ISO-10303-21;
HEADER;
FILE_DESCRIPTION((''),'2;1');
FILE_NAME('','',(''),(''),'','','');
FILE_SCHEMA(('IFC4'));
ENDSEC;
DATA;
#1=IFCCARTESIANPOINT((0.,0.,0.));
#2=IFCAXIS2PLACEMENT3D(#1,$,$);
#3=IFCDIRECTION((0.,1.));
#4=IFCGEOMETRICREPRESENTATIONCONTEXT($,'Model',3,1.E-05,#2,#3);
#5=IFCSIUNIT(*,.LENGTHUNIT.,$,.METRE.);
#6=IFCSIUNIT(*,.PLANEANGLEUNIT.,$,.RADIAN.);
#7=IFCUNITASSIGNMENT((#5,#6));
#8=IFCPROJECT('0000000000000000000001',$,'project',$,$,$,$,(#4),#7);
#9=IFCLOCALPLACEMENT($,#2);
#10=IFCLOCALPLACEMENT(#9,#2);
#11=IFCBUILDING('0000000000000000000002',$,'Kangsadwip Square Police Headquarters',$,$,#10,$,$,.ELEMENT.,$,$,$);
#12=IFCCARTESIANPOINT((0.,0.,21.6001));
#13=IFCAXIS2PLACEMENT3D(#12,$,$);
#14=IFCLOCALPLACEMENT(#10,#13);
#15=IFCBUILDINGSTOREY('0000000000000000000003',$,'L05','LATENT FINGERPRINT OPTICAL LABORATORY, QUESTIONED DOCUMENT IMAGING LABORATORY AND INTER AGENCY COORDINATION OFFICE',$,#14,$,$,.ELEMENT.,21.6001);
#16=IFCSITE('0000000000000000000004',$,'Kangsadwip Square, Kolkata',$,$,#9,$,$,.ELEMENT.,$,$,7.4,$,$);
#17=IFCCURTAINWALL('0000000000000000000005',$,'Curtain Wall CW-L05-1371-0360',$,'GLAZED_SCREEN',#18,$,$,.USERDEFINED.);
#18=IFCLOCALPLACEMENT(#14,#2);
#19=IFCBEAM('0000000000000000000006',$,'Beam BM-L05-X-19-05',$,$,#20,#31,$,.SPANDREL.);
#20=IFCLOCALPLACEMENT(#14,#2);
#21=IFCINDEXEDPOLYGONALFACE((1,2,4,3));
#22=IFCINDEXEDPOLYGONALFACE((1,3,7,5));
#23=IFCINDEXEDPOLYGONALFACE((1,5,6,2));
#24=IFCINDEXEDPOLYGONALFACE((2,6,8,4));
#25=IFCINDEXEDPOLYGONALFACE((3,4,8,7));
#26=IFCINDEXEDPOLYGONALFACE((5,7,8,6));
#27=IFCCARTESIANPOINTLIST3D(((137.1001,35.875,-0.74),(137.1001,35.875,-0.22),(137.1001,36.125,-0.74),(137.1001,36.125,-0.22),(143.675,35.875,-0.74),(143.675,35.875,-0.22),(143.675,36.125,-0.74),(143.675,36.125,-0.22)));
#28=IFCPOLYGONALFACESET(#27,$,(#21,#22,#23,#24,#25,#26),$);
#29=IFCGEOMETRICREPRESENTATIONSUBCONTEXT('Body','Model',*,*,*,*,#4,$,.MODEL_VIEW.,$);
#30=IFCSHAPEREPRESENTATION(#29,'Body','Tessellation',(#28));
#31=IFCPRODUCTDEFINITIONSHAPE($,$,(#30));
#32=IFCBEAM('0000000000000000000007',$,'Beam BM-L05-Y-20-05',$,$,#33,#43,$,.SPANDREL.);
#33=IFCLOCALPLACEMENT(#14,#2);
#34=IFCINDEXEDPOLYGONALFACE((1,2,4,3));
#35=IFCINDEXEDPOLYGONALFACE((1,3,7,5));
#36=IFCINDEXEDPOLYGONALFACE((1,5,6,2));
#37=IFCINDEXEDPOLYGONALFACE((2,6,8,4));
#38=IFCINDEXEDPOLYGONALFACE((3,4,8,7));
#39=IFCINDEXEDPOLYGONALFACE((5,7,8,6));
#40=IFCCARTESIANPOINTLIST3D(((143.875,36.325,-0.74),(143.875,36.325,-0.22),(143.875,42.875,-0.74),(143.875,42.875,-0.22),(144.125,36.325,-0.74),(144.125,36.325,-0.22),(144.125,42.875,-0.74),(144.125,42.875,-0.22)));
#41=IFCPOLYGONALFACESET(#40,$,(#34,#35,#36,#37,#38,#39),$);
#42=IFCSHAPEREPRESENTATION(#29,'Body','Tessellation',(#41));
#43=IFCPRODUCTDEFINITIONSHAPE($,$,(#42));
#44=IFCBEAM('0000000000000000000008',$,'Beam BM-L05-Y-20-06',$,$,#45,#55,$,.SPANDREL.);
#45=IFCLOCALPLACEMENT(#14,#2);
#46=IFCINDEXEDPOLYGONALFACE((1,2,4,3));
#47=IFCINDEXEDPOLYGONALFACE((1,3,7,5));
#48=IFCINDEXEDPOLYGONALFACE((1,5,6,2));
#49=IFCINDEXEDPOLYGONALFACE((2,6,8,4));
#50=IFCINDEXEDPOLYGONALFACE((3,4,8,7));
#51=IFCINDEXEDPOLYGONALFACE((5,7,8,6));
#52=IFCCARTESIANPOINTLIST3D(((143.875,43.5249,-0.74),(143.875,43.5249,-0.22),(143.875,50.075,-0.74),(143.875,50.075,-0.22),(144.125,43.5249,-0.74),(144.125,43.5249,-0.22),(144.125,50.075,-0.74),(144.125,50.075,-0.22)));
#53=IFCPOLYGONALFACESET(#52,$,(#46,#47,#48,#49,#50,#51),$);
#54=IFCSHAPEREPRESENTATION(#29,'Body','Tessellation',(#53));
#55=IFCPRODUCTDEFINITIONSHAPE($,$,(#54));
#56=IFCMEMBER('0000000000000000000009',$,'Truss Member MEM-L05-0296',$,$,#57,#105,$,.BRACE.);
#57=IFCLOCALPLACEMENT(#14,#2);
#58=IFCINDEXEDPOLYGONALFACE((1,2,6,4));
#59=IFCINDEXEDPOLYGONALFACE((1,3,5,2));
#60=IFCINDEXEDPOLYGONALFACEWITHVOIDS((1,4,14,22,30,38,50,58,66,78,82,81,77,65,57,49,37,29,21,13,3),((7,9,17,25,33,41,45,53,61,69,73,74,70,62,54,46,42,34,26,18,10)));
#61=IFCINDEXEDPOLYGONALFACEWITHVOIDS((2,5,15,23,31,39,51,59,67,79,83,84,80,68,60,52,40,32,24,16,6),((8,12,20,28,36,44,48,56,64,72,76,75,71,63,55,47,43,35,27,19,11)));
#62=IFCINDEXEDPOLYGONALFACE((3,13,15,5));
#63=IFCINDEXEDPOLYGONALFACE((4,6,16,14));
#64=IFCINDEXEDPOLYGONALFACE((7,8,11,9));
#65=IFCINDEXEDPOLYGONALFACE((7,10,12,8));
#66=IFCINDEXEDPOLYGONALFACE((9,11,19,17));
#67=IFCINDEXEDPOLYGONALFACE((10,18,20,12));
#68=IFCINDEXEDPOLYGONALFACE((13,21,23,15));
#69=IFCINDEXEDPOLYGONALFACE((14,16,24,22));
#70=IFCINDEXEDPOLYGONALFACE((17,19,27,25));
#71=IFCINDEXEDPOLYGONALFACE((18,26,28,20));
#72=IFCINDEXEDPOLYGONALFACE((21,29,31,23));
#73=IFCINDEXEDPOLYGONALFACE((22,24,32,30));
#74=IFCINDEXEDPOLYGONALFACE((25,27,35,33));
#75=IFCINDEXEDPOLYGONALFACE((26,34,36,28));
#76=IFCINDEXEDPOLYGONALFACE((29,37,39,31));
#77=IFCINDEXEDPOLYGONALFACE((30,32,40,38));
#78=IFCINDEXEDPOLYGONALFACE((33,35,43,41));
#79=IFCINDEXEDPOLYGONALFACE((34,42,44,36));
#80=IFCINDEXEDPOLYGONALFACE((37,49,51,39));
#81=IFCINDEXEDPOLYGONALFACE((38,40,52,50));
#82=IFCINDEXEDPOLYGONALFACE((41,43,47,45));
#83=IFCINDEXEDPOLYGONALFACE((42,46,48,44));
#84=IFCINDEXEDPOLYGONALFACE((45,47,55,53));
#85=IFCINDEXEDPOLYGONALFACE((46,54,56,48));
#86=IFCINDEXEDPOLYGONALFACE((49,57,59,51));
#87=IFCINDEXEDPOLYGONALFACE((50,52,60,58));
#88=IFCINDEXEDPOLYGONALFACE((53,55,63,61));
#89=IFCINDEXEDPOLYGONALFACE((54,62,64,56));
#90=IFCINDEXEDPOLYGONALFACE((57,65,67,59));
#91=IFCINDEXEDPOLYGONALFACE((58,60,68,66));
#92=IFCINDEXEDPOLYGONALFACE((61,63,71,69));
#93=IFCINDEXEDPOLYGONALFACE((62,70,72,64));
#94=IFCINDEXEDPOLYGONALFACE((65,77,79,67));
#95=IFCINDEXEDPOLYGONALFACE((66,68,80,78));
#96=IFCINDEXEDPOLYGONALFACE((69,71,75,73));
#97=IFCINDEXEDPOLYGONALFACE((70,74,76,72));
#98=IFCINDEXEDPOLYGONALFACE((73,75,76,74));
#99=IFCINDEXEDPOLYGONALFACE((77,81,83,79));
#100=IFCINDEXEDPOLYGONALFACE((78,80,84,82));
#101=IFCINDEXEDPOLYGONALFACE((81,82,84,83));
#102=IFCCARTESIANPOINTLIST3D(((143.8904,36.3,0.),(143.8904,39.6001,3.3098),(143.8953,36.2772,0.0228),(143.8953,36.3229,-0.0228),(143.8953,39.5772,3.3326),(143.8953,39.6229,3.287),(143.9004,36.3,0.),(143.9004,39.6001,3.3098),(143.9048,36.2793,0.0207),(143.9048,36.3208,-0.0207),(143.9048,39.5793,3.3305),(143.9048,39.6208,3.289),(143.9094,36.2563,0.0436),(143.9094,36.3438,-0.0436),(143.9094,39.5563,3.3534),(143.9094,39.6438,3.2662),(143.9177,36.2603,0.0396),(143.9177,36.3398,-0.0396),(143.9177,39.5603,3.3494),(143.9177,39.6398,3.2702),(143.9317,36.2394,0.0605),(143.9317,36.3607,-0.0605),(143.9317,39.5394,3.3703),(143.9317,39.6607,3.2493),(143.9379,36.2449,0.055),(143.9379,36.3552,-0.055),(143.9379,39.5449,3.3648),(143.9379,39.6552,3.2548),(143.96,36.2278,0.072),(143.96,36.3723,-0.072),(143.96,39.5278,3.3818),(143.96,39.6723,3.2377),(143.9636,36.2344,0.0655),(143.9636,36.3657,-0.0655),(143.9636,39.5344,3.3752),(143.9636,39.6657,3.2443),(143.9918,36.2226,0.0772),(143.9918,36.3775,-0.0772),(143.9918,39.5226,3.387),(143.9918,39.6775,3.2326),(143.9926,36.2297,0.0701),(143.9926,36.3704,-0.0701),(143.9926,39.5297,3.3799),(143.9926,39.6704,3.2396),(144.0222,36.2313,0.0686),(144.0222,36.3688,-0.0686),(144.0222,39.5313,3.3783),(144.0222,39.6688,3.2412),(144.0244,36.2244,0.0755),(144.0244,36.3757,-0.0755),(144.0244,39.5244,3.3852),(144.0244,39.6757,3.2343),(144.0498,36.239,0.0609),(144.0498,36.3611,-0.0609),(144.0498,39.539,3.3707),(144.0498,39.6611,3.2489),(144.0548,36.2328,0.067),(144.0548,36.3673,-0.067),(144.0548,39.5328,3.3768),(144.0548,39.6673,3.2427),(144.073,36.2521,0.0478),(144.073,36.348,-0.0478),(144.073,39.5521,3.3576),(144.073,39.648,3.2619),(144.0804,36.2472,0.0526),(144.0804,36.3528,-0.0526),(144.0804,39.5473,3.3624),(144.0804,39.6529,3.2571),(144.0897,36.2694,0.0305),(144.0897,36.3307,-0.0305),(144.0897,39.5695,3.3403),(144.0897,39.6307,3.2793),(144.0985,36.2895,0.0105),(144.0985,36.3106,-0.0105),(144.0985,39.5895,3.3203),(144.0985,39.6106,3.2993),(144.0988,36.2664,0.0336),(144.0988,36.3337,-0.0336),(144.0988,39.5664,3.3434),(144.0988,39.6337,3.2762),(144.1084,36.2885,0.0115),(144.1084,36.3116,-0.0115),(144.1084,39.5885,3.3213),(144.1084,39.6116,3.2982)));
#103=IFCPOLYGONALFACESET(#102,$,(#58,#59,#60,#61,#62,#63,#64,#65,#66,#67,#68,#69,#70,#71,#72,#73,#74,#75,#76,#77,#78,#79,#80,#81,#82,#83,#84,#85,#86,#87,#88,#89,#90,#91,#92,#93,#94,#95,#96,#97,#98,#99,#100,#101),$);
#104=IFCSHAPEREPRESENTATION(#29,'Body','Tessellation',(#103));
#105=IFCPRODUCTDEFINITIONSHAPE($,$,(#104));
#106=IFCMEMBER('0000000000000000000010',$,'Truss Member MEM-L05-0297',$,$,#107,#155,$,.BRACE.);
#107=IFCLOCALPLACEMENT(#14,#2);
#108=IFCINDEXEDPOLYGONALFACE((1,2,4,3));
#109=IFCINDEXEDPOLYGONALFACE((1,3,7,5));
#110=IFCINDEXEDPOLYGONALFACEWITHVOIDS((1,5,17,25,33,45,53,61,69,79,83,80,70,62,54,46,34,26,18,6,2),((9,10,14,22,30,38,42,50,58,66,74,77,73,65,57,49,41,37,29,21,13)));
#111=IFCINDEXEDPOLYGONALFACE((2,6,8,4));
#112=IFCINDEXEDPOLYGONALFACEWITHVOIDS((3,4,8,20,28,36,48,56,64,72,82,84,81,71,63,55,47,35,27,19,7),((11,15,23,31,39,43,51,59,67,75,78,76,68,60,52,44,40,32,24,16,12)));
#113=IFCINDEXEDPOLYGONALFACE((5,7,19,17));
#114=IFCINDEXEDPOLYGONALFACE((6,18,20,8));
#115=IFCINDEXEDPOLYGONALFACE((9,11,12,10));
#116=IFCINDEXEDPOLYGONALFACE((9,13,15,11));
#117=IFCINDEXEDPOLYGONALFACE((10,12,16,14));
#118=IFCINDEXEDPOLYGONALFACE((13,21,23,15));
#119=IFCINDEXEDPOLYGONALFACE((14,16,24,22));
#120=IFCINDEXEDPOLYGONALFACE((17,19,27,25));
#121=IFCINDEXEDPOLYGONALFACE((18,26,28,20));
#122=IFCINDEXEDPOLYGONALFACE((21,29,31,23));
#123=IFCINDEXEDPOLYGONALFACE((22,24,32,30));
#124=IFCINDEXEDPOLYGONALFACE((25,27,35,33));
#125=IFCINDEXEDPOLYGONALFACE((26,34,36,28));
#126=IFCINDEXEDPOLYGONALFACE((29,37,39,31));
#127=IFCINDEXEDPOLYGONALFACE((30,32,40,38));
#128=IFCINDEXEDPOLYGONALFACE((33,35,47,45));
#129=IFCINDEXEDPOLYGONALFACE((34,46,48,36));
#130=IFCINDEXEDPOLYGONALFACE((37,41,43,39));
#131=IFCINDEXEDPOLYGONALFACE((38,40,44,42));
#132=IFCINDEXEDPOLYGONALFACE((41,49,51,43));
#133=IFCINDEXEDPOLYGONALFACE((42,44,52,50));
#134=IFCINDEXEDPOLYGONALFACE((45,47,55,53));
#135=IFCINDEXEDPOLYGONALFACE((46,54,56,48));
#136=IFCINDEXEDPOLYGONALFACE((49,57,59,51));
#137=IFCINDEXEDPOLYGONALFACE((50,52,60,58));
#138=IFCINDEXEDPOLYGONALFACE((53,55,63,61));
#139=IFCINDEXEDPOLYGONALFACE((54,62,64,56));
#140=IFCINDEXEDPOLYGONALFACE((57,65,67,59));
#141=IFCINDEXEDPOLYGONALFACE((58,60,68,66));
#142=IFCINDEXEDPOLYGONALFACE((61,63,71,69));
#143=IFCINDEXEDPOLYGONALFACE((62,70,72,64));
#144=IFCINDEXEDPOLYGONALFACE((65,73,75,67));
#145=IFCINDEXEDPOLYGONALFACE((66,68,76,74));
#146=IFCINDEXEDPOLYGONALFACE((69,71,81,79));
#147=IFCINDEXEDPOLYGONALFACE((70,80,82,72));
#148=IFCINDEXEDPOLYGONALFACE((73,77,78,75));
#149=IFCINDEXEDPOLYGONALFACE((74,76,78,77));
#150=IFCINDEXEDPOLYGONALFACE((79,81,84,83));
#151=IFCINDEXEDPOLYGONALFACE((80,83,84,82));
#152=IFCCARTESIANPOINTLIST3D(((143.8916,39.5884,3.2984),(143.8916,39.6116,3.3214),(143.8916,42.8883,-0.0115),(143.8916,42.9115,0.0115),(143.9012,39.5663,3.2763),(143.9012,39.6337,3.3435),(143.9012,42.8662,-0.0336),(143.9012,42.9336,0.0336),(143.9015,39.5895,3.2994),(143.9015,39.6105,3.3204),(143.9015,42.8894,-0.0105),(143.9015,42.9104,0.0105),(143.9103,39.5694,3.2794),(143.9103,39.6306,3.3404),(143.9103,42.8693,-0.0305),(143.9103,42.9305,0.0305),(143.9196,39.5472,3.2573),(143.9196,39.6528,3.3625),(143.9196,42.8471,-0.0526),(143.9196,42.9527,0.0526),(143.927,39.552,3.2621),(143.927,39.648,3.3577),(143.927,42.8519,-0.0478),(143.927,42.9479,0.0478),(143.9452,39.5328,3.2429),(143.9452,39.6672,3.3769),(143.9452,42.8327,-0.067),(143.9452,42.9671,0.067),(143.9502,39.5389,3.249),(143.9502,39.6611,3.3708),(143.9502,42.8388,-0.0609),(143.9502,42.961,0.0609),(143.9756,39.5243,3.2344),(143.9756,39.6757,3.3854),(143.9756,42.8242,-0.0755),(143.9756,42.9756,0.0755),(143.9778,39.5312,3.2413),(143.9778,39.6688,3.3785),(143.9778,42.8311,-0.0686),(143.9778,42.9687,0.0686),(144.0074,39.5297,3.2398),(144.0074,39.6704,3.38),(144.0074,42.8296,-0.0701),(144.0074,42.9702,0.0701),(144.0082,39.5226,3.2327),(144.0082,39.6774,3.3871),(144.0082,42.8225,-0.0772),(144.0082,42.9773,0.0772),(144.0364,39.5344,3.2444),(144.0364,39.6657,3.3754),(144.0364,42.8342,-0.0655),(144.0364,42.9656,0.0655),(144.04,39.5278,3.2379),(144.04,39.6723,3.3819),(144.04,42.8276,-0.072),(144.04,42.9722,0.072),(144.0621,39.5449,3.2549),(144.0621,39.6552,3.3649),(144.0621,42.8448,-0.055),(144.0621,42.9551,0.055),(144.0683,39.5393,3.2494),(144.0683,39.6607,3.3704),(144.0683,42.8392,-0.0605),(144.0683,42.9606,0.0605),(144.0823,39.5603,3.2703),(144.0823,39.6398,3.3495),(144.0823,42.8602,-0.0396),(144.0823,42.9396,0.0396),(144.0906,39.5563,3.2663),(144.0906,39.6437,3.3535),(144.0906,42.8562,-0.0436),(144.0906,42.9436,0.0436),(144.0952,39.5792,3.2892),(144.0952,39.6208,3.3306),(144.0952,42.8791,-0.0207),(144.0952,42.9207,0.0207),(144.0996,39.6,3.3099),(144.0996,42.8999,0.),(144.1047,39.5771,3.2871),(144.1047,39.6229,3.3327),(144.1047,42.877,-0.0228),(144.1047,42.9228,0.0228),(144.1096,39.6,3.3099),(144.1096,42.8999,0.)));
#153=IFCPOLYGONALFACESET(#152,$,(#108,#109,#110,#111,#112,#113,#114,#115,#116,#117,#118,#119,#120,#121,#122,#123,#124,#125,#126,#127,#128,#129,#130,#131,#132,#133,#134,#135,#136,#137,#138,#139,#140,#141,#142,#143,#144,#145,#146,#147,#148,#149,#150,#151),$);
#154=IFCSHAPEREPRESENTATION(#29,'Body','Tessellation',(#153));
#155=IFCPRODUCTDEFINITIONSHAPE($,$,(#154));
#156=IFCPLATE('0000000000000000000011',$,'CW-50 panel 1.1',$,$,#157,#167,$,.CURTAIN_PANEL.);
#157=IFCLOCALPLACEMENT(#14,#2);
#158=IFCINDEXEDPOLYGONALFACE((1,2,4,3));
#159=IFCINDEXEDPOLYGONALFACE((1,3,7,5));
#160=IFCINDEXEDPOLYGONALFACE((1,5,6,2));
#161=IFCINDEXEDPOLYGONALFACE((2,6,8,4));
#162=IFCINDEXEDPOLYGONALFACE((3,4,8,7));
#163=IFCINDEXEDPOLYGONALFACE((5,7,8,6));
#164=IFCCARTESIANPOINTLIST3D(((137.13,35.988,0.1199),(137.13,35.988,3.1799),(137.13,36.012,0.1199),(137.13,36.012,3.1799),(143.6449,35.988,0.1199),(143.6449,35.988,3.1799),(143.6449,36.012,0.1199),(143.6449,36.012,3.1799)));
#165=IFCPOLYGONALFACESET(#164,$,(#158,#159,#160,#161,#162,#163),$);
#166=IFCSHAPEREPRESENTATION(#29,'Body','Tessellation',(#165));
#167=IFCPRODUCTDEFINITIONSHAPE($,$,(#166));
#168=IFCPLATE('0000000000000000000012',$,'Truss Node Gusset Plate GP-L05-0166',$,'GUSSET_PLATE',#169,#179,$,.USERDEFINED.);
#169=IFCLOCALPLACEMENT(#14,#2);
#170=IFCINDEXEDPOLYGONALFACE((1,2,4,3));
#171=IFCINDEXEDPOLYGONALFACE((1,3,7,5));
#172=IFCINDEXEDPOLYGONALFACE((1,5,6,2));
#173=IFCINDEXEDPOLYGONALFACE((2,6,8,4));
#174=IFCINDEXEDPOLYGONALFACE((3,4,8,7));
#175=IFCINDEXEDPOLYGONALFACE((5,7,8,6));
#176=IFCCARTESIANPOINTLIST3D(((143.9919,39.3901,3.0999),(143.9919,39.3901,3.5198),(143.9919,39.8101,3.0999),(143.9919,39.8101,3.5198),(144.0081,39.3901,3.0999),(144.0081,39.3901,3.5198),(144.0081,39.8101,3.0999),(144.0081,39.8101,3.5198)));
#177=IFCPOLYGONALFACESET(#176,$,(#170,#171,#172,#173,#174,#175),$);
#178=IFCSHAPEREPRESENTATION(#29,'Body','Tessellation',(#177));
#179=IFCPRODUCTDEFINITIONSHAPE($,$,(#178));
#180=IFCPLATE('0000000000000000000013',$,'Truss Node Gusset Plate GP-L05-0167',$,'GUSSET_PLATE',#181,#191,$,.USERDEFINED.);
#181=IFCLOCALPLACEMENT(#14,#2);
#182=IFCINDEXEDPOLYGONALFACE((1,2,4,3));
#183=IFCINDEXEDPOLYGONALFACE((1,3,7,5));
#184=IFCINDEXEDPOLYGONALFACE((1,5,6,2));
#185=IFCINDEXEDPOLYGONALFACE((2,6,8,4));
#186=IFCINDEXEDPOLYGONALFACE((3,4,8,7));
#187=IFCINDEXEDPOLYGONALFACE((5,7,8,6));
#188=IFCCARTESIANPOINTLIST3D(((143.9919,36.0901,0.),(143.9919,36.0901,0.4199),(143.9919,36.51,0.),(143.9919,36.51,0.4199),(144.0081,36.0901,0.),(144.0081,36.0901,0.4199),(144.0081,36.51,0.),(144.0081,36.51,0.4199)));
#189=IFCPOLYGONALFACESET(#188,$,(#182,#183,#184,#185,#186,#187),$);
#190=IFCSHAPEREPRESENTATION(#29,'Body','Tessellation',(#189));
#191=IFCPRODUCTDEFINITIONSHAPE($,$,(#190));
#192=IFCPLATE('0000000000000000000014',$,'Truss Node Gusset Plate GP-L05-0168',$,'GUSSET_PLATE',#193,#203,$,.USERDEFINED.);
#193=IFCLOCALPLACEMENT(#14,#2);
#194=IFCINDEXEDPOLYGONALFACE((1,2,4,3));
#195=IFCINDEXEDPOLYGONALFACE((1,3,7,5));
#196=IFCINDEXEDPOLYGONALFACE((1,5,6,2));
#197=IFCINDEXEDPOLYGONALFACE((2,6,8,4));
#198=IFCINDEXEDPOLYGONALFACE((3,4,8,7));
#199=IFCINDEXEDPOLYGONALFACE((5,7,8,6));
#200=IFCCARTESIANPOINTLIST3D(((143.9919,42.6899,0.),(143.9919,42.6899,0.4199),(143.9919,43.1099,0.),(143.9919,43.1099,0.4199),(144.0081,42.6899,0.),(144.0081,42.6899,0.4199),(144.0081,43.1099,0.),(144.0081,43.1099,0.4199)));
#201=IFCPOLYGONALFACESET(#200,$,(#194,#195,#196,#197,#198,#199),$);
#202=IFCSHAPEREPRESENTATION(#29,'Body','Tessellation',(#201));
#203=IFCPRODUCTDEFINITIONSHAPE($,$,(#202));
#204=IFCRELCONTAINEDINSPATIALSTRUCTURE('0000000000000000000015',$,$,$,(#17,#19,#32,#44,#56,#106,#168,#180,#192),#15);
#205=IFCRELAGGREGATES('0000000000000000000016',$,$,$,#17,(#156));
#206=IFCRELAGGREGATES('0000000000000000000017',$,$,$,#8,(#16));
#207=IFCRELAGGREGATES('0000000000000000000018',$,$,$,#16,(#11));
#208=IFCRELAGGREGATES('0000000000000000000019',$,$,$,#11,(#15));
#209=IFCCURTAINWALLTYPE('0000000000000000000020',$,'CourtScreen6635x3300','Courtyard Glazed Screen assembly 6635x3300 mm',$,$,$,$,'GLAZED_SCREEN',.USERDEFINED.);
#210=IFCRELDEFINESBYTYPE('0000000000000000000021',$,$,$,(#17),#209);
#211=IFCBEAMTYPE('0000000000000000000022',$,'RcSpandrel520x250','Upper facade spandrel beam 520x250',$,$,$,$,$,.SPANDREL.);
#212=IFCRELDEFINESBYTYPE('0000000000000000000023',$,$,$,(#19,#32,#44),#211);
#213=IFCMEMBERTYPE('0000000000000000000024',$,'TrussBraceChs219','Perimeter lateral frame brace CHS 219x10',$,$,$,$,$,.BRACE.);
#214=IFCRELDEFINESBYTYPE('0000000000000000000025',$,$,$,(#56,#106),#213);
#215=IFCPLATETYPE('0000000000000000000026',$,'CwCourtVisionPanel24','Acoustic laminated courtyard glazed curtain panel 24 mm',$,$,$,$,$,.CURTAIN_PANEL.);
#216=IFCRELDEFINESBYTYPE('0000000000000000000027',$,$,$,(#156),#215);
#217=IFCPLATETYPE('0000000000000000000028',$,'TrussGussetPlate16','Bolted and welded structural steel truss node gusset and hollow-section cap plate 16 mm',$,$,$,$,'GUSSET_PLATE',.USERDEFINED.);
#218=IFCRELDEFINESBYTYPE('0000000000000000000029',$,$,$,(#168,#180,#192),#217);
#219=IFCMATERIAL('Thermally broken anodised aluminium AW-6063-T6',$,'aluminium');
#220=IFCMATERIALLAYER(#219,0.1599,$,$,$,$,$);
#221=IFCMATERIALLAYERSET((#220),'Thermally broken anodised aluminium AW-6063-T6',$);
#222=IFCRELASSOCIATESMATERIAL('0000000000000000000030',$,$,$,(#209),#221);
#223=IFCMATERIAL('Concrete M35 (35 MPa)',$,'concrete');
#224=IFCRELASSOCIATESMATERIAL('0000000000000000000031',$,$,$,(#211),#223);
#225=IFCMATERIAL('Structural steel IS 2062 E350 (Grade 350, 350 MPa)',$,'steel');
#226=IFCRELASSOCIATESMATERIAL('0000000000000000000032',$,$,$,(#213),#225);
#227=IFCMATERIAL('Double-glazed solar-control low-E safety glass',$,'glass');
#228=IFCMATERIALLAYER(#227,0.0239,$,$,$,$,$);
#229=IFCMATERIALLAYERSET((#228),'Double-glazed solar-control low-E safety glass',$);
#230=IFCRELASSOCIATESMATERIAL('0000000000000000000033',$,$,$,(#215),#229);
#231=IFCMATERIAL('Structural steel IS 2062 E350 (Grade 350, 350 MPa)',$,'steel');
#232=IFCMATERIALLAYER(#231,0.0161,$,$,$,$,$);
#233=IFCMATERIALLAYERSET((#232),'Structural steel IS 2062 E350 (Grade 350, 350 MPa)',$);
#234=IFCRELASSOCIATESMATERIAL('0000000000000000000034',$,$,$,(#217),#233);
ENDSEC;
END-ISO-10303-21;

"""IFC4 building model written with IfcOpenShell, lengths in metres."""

from ifc_helpers import new_model, si_unit, direction, frame, origin, origin_2d, place, context, subcontext, project, spatial, rectangle, hollow_circle, extrude, material, layer, layer_set, material_profile, profile_set, type_object, element, aggregate, save


model = new_model("IFC4")

# Units and contexts
model_context = context("Model", 3, precision=1e-05, world=origin(), true_north=direction((0.0, 1.0)))
body_context = subcontext(model_context, "Body", "Model", "MODEL_VIEW")
ifc_project = project(units=[si_unit("LENGTHUNIT", "METRE"), si_unit("PLANEANGLEUNIT", "RADIAN")], contexts=[model_context])

# Site, building, storey
site_placement = place(None, origin())
site = spatial("IfcSite", under=ifc_project, at=site_placement, Name="Kangsadwip Square, Kolkata", CompositionType="ELEMENT", RefElevation=7.4)
building_placement = place(site_placement, origin())
building = spatial("IfcBuilding", under=site, at=building_placement, Name="Kangsadwip Square Police Headquarters", CompositionType="ELEMENT")
storey_placement = place(building_placement, frame((0.0, 0.0, 21.6001)))
storey = spatial("IfcBuildingStorey", under=building, at=storey_placement, Name="L05", Description="LATENT FINGERPRINT OPTICAL LABORATORY, QUESTIONED DOCUMENT IMAGING LABORATORY AND INTER AGENCY COORDINATION OFFICE", CompositionType="ELEMENT", Elevation=21.6001)

# Curtain wall
ifc_material_1 = material(Name="Thermally broken anodised aluminium AW-6063-T6", Category="aluminium")
ifc_layer_1 = layer(ifc_material_1, 0.1599)
ifc_layer_set_1 = layer_set([ifc_layer_1], Name="Thermally broken anodised aluminium AW-6063-T6")
curtain_wall_type = type_object("IfcCurtainWallType", Name="CourtScreen6635x3300", Description="Courtyard Glazed Screen assembly 6635x3300 mm", ElementType="GLAZED_SCREEN", PredefinedType="USERDEFINED", material=ifc_layer_set_1)
curtain_wall_placement = place(storey_placement, origin())
curtain_wall = element("IfcCurtainWall", 1, at=curtain_wall_placement, inside=storey, type_object=curtain_wall_type, Name="Curtain Wall CW-L05-1371-0360", ObjectType="GLAZED_SCREEN", PredefinedType="USERDEFINED")

# Beams
ifc_material_2 = material(Name="Concrete M35 (35 MPa)", Category="concrete")
ifc_material_profile_1 = material_profile(ifc_material_2, rectangle(XDim=0.25, YDim=0.52, at=origin_2d()), Name="RC SPN 520X250")
ifc_profile_set_1 = profile_set([ifc_material_profile_1], Name="Concrete M35 (35 MPa)")
beam_type_1 = type_object("IfcBeamType", Name="RcSpandrel520x250", Description="Upper facade spandrel beam 520x250", PredefinedType="SPANDREL", material=ifc_profile_set_1)
beam_1_placement = place(storey_placement, frame((137.1001, 36.0, -0.48), z_axis=(1.0, 0.0, 0.0), x_axis=(0.0, 1.0, 0.0)))
element("IfcBeam", 2, at=beam_1_placement, inside=storey, type_object=beam_type_1, Name="Beam BM-L05-X-19-05", PredefinedType="SPANDREL", context=body_context, shape_type="SweptSolid", body=[
    extrude(rectangle(XDim=0.25, YDim=0.52, at=origin_2d()), origin(), (0.0, 0.0, 1.0), 6.575),
])
for number, where, z_axis, x_axis, name in (
    (3, (144.0, 36.325, -0.48), (0.0, 1.0, 0.0), (-1.0, 0.0, 0.0), "Beam BM-L05-Y-20-05"),
    (4, (144.0, 43.5249, -0.48), (0.0, 1.0, 0.0), (-1.0, 0.0, 0.0), "Beam BM-L05-Y-20-06"),
):
    element("IfcBeam", number, at=place(storey_placement, frame(where, z_axis=z_axis, x_axis=x_axis)), inside=storey, type_object=beam_type_1, Name=name, PredefinedType="SPANDREL", context=body_context, shape_type="SweptSolid", body=[
        extrude(rectangle(XDim=0.25, YDim=0.52, at=origin_2d()), origin(), (0.0, 0.0, 1.0), 6.55),
    ])

# Members
ifc_material_3 = material(Name="Structural steel IS 2062 E350 (Grade 350, 350 MPa)", Category="steel")
ifc_material_profile_2 = material_profile(ifc_material_3, hollow_circle(Radius=0.1096, WallThickness=0.01, at=origin_2d()), Name="CHS 219X10")
ifc_profile_set_2 = profile_set([ifc_material_profile_2], Name="Structural steel IS 2062 E350 (Grade 350, 350 MPa)")
member_type_1 = type_object("IfcMemberType", Name="TrussBraceChs219", Description="Perimeter lateral frame brace CHS 219x10", PredefinedType="BRACE", material=ifc_profile_set_2)
for number, where, z_axis, x_axis, name in (
    (5, (144.0, 36.3, 0.0), (0.0, 0.706061, 0.708151), (-1.0, 0.0, 0.0), "Truss Member MEM-L05-0296"),
    (6, (144.0, 42.8999, 0.0), (0.0, -0.706035, 0.708177), (1.0, 0.0, 0.0), "Truss Member MEM-L05-0297"),
):
    element("IfcMember", number, at=place(storey_placement, frame(where, z_axis=z_axis, x_axis=x_axis)), inside=storey, type_object=member_type_1, Name=name, PredefinedType="BRACE", context=body_context, shape_type="SweptSolid", body=[
        extrude(hollow_circle(Radius=0.1096, WallThickness=0.01, at=origin_2d()), origin(), (0.0, 0.0, 1.0), 4.6738),
    ])

# Plate
ifc_material_4 = material(Name="Double-glazed solar-control low-E safety glass", Category="glass")
ifc_layer_2 = layer(ifc_material_4, 0.0239)
ifc_layer_set_2 = layer_set([ifc_layer_2], Name="Double-glazed solar-control low-E safety glass")
plate_type_1 = type_object("IfcPlateType", Name="CwCourtVisionPanel24", Description="Acoustic laminated courtyard glazed curtain panel 24 mm", PredefinedType="CURTAIN_PANEL", material=ifc_layer_set_2)
plate_placement = place(storey_placement, frame((140.3875, 36.0, 0.1199), z_axis=(0.0, 0.0, 1.0), x_axis=(1.0, 0.0, 0.0)))
plate = element("IfcPlate", 7, at=plate_placement, type_object=plate_type_1, Name="CW-50 panel 1.1", PredefinedType="CURTAIN_PANEL", context=body_context, shape_type="SweptSolid", body=[
    extrude(rectangle(XDim=6.5149, YDim=0.0239, at=origin_2d()), origin(), (0.0, 0.0, 1.0), 3.0601),
])
aggregate(curtain_wall, [plate])

# Plates
ifc_material_5 = material(Name="Structural steel IS 2062 E350 (Grade 350, 350 MPa)", Category="steel")
ifc_layer_3 = layer(ifc_material_5, 0.0161)
ifc_layer_set_3 = layer_set([ifc_layer_3], Name="Structural steel IS 2062 E350 (Grade 350, 350 MPa)")
plate_type_2 = type_object("IfcPlateType", Name="TrussGussetPlate16", Description="Bolted and welded structural steel truss node gusset and hollow-section cap plate 16 mm", ElementType="GUSSET_PLATE", PredefinedType="USERDEFINED", material=ifc_layer_set_3)
for number, where, z_axis, x_axis, name in (
    (8, (144.0, 39.6001, 3.0999), (0.0, 0.0, 1.0), (0.0, 1.0, 0.0), "Truss Node Gusset Plate GP-L05-0166"),
    (9, (144.0, 36.3, 0.0), (0.0, 0.0, 1.0), (0.0, 1.0, 0.0), "Truss Node Gusset Plate GP-L05-0167"),
    (10, (144.0, 42.8999, 0.0), (0.0, 0.0, 1.0), (0.0, 1.0, 0.0), "Truss Node Gusset Plate GP-L05-0168"),
):
    element("IfcPlate", number, at=place(storey_placement, frame(where, z_axis=z_axis, x_axis=x_axis)), inside=storey, type_object=plate_type_2, Name=name, ObjectType="GUSSET_PLATE", PredefinedType="USERDEFINED", context=body_context, shape_type="SweptSolid", body=[
        extrude(rectangle(XDim=0.4199, YDim=0.0161, at=origin_2d()), origin(), (0.0, 0.0, 1.0), 0.4199),
    ])

save(model, "model.ifc")
